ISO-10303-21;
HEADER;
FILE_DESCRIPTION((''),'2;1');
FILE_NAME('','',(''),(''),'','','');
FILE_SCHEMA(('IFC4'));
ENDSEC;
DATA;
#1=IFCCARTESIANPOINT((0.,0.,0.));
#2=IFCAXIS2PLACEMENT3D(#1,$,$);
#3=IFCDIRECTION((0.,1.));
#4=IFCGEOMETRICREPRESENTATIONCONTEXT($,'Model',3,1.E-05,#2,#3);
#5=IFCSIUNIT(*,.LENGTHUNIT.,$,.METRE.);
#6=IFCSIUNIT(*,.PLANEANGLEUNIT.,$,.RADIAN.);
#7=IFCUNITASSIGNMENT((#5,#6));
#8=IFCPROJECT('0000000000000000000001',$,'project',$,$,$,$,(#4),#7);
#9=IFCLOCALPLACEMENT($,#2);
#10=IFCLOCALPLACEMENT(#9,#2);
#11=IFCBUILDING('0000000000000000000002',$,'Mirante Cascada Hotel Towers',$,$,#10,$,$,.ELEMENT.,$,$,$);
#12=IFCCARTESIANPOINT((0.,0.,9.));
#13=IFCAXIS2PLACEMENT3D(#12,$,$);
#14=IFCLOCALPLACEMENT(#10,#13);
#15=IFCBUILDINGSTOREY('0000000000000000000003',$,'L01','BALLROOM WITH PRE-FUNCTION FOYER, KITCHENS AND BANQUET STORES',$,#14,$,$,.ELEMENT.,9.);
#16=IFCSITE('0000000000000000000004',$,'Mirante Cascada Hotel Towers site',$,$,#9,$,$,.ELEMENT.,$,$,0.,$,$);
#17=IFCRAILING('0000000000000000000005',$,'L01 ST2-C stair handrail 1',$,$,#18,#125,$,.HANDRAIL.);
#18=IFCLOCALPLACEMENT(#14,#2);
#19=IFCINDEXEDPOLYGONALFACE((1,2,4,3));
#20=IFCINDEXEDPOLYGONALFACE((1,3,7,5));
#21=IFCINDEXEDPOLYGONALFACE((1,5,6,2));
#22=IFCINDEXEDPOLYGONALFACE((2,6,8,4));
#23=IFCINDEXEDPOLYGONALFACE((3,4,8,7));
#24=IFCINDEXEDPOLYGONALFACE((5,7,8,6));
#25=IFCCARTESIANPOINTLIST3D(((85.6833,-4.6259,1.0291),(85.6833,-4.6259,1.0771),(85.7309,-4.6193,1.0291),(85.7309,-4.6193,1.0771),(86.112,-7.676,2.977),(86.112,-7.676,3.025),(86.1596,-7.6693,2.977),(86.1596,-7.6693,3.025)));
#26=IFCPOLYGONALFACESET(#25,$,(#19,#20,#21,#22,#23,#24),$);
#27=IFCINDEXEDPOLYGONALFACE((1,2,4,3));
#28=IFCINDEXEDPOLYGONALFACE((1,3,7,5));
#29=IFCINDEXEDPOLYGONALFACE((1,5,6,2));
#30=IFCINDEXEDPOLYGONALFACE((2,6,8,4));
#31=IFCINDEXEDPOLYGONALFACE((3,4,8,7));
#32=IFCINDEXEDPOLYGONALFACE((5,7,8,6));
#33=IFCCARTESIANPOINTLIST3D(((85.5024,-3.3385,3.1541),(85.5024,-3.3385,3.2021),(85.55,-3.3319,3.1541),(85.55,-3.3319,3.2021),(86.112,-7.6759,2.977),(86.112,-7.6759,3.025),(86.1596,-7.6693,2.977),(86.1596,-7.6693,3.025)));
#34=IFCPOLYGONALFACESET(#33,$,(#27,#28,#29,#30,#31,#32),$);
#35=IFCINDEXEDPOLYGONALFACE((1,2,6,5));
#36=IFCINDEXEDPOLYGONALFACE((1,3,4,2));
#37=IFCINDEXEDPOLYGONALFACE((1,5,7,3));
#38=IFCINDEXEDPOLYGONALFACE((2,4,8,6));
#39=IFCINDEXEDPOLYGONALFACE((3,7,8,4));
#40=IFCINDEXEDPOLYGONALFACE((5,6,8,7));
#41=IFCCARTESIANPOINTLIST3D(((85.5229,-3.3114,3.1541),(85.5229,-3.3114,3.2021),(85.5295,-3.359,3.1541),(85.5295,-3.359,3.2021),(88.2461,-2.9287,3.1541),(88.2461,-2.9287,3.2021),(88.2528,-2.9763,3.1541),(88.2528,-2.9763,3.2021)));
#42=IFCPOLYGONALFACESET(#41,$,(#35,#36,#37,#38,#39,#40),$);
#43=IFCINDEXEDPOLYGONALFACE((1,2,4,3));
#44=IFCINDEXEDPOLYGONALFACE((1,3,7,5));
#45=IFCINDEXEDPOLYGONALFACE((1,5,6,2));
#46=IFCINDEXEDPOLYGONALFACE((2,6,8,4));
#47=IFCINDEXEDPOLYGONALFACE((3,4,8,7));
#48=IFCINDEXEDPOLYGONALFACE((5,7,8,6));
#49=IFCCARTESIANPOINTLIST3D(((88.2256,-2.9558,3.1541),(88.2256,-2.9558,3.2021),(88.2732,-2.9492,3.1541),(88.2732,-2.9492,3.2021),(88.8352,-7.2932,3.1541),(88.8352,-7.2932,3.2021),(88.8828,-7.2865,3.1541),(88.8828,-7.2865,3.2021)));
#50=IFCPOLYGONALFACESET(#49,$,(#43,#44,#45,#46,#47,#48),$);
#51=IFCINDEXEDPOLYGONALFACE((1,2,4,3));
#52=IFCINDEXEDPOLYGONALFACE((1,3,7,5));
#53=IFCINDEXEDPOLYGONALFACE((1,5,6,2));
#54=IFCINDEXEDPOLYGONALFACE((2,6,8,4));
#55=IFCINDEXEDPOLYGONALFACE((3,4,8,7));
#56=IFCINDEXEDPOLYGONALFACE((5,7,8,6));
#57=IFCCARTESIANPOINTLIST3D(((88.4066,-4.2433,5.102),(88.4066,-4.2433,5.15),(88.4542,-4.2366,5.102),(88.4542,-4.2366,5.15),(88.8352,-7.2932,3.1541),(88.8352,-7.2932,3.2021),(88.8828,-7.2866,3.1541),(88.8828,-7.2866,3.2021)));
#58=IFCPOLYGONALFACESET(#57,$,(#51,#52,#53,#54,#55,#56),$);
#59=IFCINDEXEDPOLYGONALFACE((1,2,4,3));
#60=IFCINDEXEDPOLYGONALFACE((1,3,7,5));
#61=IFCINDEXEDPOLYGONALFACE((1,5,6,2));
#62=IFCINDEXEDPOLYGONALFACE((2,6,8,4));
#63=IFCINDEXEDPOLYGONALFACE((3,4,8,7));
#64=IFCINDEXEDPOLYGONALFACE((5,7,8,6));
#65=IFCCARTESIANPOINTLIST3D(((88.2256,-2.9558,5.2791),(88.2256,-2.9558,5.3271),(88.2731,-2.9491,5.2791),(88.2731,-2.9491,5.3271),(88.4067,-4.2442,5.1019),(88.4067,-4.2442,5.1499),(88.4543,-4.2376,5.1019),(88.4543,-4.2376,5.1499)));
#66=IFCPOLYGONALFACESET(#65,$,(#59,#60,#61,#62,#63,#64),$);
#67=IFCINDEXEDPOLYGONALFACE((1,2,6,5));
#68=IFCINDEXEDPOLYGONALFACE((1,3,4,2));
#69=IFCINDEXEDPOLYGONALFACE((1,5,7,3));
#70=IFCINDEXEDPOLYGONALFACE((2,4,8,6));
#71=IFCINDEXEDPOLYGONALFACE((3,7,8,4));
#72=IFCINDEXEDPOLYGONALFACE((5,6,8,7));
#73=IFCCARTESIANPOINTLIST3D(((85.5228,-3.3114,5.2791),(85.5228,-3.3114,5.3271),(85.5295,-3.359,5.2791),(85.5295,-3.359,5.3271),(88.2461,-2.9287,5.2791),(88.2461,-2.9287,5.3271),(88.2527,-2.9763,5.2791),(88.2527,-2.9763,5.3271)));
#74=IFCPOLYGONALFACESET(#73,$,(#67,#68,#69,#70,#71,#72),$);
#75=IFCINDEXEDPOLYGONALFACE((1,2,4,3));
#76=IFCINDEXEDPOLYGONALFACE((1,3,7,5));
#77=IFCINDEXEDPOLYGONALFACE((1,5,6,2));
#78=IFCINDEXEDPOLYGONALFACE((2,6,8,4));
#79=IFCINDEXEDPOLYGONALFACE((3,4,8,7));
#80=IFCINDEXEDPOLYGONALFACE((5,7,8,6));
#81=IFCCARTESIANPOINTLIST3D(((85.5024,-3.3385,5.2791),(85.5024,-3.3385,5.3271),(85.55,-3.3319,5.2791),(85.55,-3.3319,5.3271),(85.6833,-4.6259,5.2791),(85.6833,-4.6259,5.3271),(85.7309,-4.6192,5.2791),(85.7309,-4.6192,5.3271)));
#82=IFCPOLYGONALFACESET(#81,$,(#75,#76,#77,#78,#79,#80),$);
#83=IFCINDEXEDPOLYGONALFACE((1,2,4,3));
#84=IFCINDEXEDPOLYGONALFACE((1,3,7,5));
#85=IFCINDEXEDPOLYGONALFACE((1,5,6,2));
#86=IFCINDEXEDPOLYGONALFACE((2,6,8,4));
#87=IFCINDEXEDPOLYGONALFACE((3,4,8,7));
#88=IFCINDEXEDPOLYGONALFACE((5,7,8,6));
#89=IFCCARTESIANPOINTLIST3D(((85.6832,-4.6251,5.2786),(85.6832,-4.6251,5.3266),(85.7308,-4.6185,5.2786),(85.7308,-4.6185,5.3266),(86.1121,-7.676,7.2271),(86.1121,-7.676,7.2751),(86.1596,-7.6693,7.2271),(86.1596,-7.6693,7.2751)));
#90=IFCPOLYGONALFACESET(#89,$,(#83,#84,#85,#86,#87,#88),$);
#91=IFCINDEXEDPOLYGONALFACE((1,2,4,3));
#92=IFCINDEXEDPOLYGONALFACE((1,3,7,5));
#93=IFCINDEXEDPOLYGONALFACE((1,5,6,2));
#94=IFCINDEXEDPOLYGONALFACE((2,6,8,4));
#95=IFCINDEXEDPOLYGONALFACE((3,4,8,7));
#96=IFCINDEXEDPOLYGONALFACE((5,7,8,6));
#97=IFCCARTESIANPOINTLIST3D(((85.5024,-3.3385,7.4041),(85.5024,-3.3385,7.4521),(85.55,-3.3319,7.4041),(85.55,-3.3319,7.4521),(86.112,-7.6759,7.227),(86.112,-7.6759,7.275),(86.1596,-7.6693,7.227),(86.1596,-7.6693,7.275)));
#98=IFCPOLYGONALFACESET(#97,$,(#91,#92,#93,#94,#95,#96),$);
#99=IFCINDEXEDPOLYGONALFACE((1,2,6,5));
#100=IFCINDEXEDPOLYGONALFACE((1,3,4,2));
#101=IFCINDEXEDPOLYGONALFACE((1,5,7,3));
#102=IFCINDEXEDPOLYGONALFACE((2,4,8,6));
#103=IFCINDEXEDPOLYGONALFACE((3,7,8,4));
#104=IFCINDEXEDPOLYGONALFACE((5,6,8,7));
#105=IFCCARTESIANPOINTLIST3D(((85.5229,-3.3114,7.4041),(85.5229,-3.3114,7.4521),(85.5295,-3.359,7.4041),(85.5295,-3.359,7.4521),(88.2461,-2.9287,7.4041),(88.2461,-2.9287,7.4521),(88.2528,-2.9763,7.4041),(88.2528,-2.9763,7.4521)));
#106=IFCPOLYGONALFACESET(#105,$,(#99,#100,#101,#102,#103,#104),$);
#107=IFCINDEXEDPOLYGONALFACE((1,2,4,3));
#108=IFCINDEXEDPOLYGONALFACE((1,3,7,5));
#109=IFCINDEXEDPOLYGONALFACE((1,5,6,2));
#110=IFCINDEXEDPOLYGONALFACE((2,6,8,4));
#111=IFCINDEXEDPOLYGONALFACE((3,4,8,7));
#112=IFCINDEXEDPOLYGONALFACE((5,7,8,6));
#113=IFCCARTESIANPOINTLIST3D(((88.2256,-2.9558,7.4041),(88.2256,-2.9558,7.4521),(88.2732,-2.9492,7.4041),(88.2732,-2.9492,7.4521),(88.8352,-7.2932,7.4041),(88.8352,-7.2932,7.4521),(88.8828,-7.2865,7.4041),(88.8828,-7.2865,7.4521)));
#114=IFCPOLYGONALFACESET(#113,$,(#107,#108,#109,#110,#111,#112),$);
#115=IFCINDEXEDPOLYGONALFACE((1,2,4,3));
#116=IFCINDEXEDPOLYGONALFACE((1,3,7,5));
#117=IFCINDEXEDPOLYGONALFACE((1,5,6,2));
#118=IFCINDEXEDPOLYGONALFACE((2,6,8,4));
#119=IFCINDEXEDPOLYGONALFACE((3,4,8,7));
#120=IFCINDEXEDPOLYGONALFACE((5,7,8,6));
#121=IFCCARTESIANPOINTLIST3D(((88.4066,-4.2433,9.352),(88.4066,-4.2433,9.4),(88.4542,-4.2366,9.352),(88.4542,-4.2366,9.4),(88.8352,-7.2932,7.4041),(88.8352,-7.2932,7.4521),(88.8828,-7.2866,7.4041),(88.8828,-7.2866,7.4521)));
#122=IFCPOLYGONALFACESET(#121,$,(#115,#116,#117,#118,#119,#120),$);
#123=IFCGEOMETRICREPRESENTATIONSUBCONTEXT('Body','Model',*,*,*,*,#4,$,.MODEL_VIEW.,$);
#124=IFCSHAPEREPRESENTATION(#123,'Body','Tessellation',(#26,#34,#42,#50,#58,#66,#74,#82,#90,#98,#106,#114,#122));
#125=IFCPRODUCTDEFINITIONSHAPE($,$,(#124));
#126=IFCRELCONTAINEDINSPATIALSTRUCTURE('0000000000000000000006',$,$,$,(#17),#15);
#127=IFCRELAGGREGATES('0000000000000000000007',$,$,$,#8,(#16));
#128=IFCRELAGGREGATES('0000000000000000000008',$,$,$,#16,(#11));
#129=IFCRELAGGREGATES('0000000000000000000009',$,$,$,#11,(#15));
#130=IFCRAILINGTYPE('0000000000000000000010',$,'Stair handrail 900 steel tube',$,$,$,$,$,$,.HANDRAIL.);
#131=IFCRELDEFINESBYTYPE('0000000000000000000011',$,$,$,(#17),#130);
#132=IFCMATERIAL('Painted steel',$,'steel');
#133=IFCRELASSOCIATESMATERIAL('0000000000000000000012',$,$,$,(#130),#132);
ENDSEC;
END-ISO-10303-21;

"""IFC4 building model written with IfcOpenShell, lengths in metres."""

from ifc_helpers import new_model, si_unit, direction, frame, origin, origin_2d, place, context, subcontext, project, spatial, rectangle, extrude, material, type_object, element, save


model = new_model("IFC4")

# Units and contexts
model_context = context("Model", 3, precision=1e-05, world=origin(), true_north=direction((0.0, 1.0)))
body_context = subcontext(model_context, "Body", "Model", "MODEL_VIEW")
ifc_project = project(units=[si_unit("LENGTHUNIT", "METRE"), si_unit("PLANEANGLEUNIT", "RADIAN")], contexts=[model_context])

# Site, building, storey
site_placement = place(None, origin())
site = spatial("IfcSite", under=ifc_project, at=site_placement, Name="Mirante Cascada Hotel Towers site", CompositionType="ELEMENT", RefElevation=0.0)
building_placement = place(site_placement, origin())
building = spatial("IfcBuilding", under=site, at=building_placement, Name="Mirante Cascada Hotel Towers", CompositionType="ELEMENT")
storey_placement = place(building_placement, frame((0.0, 0.0, 9.0)))
storey = spatial("IfcBuildingStorey", under=building, at=storey_placement, Name="L01", Description="BALLROOM WITH PRE-FUNCTION FOYER, KITCHENS AND BANQUET STORES", CompositionType="ELEMENT", Elevation=9.0)

# Railing
ifc_material_1 = material(Name="Painted steel", Category="steel")
railing_type_1 = type_object("IfcRailingType", Name="Stair handrail 900 steel tube", PredefinedType="HANDRAIL", material=ifc_material_1)
railing_1_placement = place(storey_placement, frame((85.7071, -4.6226, 0.1771)))
element("IfcRailing", 1, at=railing_1_placement, inside=storey, type_object=railing_type_1, Name="L01 ST2-C stair handrail 1", PredefinedType="HANDRAIL", context=body_context, shape_type="SweptSolid", body=[
    extrude(rectangle(XDim=0.048, YDim=0.048, at=origin_2d()), frame((0.0, 0.0, 0.876), z_axis=(0.139189, -0.990266, 0.0), x_axis=(0.990266, 0.139189, 0.0)), (0.0, 0.534512, 0.845161), 3.6443),
    extrude(rectangle(XDim=0.048, YDim=0.048, at=origin_2d()), frame((0.4287, -3.05, 2.8239), z_axis=(-0.139177, 0.990267, 0.0), x_axis=(-0.990267, -0.139177, 0.0)), (0.0, 0.0404, 0.999184), 4.3836),
    extrude(rectangle(XDim=0.048, YDim=0.048, at=origin_2d()), frame((-0.1809, 1.2874, 3.001), z_axis=(0.990269, 0.139166, 0.0), x_axis=(-0.139166, 0.990269, 0.0)), (0.0, 0.0, 1.0), 2.75),
    extrude(rectangle(XDim=0.048, YDim=0.048, at=origin_2d()), frame((2.5423, 1.6701, 3.001), z_axis=(0.139177, -0.990267, 0.0), x_axis=(0.990267, 0.139177, 0.0)), (0.0, 0.0, 1.0), 4.38),
    extrude(rectangle(XDim=0.048, YDim=0.048, at=origin_2d()), frame((3.1519, -2.6673, 3.001), z_axis=(-0.139157, 0.99027, 0.0), x_axis=(-0.99027, -0.139157, 0.0)), (0.0, 0.534514, 0.845159), 3.6442),
    extrude(rectangle(XDim=0.048, YDim=0.048, at=origin_2d()), frame((2.7234, 0.3817, 4.9488), z_axis=(-0.139224, 0.990261, 0.0), x_axis=(-0.990261, -0.139224, 0.0)), (0.0, 0.134978, 0.990849), 1.3131),
    extrude(rectangle(XDim=0.048, YDim=0.048, at=origin_2d()), frame((2.5423, 1.6701, 5.126), z_axis=(-0.990269, -0.139166, 0.0), x_axis=(0.139166, -0.990269, 0.0)), (0.0, 0.0, 1.0), 2.75),
    extrude(rectangle(XDim=0.048, YDim=0.048, at=origin_2d()), frame((-0.1809, 1.2874, 5.126), z_axis=(0.139149, -0.990271, 0.0), x_axis=(0.990271, 0.139149, 0.0)), (0.0, 0.0, 1.0), 1.3),
    extrude(rectangle(XDim=0.048, YDim=0.048, at=origin_2d()), frame((-0.0001, 0.0008, 5.1255), z_axis=(0.139189, -0.990266, 0.0), x_axis=(0.990266, 0.139189, 0.0)), (0.0, 0.534512, 0.845161), 3.6453),
    extrude(rectangle(XDim=0.048, YDim=0.048, at=origin_2d()), frame((0.4287, -3.05, 7.0739), z_axis=(-0.139177, 0.990267, 0.0), x_axis=(-0.990267, -0.139177, 0.0)), (0.0, 0.0404, 0.999184), 4.3836),
    extrude(rectangle(XDim=0.048, YDim=0.048, at=origin_2d()), frame((-0.1809, 1.2874, 7.251), z_axis=(0.990269, 0.139166, 0.0), x_axis=(-0.139166, 0.990269, 0.0)), (0.0, 0.0, 1.0), 2.75),
    extrude(rectangle(XDim=0.048, YDim=0.048, at=origin_2d()), frame((2.5423, 1.6701, 7.251), z_axis=(0.139177, -0.990267, 0.0), x_axis=(0.990267, 0.139177, 0.0)), (0.0, 0.0, 1.0), 4.38),
    extrude(rectangle(XDim=0.048, YDim=0.048, at=origin_2d()), frame((3.1519, -2.6673, 7.251), z_axis=(-0.139157, 0.99027, 0.0), x_axis=(-0.99027, -0.139157, 0.0)), (0.0, 0.534514, 0.845159), 3.6442),
])

save(model, "model.ifc")
